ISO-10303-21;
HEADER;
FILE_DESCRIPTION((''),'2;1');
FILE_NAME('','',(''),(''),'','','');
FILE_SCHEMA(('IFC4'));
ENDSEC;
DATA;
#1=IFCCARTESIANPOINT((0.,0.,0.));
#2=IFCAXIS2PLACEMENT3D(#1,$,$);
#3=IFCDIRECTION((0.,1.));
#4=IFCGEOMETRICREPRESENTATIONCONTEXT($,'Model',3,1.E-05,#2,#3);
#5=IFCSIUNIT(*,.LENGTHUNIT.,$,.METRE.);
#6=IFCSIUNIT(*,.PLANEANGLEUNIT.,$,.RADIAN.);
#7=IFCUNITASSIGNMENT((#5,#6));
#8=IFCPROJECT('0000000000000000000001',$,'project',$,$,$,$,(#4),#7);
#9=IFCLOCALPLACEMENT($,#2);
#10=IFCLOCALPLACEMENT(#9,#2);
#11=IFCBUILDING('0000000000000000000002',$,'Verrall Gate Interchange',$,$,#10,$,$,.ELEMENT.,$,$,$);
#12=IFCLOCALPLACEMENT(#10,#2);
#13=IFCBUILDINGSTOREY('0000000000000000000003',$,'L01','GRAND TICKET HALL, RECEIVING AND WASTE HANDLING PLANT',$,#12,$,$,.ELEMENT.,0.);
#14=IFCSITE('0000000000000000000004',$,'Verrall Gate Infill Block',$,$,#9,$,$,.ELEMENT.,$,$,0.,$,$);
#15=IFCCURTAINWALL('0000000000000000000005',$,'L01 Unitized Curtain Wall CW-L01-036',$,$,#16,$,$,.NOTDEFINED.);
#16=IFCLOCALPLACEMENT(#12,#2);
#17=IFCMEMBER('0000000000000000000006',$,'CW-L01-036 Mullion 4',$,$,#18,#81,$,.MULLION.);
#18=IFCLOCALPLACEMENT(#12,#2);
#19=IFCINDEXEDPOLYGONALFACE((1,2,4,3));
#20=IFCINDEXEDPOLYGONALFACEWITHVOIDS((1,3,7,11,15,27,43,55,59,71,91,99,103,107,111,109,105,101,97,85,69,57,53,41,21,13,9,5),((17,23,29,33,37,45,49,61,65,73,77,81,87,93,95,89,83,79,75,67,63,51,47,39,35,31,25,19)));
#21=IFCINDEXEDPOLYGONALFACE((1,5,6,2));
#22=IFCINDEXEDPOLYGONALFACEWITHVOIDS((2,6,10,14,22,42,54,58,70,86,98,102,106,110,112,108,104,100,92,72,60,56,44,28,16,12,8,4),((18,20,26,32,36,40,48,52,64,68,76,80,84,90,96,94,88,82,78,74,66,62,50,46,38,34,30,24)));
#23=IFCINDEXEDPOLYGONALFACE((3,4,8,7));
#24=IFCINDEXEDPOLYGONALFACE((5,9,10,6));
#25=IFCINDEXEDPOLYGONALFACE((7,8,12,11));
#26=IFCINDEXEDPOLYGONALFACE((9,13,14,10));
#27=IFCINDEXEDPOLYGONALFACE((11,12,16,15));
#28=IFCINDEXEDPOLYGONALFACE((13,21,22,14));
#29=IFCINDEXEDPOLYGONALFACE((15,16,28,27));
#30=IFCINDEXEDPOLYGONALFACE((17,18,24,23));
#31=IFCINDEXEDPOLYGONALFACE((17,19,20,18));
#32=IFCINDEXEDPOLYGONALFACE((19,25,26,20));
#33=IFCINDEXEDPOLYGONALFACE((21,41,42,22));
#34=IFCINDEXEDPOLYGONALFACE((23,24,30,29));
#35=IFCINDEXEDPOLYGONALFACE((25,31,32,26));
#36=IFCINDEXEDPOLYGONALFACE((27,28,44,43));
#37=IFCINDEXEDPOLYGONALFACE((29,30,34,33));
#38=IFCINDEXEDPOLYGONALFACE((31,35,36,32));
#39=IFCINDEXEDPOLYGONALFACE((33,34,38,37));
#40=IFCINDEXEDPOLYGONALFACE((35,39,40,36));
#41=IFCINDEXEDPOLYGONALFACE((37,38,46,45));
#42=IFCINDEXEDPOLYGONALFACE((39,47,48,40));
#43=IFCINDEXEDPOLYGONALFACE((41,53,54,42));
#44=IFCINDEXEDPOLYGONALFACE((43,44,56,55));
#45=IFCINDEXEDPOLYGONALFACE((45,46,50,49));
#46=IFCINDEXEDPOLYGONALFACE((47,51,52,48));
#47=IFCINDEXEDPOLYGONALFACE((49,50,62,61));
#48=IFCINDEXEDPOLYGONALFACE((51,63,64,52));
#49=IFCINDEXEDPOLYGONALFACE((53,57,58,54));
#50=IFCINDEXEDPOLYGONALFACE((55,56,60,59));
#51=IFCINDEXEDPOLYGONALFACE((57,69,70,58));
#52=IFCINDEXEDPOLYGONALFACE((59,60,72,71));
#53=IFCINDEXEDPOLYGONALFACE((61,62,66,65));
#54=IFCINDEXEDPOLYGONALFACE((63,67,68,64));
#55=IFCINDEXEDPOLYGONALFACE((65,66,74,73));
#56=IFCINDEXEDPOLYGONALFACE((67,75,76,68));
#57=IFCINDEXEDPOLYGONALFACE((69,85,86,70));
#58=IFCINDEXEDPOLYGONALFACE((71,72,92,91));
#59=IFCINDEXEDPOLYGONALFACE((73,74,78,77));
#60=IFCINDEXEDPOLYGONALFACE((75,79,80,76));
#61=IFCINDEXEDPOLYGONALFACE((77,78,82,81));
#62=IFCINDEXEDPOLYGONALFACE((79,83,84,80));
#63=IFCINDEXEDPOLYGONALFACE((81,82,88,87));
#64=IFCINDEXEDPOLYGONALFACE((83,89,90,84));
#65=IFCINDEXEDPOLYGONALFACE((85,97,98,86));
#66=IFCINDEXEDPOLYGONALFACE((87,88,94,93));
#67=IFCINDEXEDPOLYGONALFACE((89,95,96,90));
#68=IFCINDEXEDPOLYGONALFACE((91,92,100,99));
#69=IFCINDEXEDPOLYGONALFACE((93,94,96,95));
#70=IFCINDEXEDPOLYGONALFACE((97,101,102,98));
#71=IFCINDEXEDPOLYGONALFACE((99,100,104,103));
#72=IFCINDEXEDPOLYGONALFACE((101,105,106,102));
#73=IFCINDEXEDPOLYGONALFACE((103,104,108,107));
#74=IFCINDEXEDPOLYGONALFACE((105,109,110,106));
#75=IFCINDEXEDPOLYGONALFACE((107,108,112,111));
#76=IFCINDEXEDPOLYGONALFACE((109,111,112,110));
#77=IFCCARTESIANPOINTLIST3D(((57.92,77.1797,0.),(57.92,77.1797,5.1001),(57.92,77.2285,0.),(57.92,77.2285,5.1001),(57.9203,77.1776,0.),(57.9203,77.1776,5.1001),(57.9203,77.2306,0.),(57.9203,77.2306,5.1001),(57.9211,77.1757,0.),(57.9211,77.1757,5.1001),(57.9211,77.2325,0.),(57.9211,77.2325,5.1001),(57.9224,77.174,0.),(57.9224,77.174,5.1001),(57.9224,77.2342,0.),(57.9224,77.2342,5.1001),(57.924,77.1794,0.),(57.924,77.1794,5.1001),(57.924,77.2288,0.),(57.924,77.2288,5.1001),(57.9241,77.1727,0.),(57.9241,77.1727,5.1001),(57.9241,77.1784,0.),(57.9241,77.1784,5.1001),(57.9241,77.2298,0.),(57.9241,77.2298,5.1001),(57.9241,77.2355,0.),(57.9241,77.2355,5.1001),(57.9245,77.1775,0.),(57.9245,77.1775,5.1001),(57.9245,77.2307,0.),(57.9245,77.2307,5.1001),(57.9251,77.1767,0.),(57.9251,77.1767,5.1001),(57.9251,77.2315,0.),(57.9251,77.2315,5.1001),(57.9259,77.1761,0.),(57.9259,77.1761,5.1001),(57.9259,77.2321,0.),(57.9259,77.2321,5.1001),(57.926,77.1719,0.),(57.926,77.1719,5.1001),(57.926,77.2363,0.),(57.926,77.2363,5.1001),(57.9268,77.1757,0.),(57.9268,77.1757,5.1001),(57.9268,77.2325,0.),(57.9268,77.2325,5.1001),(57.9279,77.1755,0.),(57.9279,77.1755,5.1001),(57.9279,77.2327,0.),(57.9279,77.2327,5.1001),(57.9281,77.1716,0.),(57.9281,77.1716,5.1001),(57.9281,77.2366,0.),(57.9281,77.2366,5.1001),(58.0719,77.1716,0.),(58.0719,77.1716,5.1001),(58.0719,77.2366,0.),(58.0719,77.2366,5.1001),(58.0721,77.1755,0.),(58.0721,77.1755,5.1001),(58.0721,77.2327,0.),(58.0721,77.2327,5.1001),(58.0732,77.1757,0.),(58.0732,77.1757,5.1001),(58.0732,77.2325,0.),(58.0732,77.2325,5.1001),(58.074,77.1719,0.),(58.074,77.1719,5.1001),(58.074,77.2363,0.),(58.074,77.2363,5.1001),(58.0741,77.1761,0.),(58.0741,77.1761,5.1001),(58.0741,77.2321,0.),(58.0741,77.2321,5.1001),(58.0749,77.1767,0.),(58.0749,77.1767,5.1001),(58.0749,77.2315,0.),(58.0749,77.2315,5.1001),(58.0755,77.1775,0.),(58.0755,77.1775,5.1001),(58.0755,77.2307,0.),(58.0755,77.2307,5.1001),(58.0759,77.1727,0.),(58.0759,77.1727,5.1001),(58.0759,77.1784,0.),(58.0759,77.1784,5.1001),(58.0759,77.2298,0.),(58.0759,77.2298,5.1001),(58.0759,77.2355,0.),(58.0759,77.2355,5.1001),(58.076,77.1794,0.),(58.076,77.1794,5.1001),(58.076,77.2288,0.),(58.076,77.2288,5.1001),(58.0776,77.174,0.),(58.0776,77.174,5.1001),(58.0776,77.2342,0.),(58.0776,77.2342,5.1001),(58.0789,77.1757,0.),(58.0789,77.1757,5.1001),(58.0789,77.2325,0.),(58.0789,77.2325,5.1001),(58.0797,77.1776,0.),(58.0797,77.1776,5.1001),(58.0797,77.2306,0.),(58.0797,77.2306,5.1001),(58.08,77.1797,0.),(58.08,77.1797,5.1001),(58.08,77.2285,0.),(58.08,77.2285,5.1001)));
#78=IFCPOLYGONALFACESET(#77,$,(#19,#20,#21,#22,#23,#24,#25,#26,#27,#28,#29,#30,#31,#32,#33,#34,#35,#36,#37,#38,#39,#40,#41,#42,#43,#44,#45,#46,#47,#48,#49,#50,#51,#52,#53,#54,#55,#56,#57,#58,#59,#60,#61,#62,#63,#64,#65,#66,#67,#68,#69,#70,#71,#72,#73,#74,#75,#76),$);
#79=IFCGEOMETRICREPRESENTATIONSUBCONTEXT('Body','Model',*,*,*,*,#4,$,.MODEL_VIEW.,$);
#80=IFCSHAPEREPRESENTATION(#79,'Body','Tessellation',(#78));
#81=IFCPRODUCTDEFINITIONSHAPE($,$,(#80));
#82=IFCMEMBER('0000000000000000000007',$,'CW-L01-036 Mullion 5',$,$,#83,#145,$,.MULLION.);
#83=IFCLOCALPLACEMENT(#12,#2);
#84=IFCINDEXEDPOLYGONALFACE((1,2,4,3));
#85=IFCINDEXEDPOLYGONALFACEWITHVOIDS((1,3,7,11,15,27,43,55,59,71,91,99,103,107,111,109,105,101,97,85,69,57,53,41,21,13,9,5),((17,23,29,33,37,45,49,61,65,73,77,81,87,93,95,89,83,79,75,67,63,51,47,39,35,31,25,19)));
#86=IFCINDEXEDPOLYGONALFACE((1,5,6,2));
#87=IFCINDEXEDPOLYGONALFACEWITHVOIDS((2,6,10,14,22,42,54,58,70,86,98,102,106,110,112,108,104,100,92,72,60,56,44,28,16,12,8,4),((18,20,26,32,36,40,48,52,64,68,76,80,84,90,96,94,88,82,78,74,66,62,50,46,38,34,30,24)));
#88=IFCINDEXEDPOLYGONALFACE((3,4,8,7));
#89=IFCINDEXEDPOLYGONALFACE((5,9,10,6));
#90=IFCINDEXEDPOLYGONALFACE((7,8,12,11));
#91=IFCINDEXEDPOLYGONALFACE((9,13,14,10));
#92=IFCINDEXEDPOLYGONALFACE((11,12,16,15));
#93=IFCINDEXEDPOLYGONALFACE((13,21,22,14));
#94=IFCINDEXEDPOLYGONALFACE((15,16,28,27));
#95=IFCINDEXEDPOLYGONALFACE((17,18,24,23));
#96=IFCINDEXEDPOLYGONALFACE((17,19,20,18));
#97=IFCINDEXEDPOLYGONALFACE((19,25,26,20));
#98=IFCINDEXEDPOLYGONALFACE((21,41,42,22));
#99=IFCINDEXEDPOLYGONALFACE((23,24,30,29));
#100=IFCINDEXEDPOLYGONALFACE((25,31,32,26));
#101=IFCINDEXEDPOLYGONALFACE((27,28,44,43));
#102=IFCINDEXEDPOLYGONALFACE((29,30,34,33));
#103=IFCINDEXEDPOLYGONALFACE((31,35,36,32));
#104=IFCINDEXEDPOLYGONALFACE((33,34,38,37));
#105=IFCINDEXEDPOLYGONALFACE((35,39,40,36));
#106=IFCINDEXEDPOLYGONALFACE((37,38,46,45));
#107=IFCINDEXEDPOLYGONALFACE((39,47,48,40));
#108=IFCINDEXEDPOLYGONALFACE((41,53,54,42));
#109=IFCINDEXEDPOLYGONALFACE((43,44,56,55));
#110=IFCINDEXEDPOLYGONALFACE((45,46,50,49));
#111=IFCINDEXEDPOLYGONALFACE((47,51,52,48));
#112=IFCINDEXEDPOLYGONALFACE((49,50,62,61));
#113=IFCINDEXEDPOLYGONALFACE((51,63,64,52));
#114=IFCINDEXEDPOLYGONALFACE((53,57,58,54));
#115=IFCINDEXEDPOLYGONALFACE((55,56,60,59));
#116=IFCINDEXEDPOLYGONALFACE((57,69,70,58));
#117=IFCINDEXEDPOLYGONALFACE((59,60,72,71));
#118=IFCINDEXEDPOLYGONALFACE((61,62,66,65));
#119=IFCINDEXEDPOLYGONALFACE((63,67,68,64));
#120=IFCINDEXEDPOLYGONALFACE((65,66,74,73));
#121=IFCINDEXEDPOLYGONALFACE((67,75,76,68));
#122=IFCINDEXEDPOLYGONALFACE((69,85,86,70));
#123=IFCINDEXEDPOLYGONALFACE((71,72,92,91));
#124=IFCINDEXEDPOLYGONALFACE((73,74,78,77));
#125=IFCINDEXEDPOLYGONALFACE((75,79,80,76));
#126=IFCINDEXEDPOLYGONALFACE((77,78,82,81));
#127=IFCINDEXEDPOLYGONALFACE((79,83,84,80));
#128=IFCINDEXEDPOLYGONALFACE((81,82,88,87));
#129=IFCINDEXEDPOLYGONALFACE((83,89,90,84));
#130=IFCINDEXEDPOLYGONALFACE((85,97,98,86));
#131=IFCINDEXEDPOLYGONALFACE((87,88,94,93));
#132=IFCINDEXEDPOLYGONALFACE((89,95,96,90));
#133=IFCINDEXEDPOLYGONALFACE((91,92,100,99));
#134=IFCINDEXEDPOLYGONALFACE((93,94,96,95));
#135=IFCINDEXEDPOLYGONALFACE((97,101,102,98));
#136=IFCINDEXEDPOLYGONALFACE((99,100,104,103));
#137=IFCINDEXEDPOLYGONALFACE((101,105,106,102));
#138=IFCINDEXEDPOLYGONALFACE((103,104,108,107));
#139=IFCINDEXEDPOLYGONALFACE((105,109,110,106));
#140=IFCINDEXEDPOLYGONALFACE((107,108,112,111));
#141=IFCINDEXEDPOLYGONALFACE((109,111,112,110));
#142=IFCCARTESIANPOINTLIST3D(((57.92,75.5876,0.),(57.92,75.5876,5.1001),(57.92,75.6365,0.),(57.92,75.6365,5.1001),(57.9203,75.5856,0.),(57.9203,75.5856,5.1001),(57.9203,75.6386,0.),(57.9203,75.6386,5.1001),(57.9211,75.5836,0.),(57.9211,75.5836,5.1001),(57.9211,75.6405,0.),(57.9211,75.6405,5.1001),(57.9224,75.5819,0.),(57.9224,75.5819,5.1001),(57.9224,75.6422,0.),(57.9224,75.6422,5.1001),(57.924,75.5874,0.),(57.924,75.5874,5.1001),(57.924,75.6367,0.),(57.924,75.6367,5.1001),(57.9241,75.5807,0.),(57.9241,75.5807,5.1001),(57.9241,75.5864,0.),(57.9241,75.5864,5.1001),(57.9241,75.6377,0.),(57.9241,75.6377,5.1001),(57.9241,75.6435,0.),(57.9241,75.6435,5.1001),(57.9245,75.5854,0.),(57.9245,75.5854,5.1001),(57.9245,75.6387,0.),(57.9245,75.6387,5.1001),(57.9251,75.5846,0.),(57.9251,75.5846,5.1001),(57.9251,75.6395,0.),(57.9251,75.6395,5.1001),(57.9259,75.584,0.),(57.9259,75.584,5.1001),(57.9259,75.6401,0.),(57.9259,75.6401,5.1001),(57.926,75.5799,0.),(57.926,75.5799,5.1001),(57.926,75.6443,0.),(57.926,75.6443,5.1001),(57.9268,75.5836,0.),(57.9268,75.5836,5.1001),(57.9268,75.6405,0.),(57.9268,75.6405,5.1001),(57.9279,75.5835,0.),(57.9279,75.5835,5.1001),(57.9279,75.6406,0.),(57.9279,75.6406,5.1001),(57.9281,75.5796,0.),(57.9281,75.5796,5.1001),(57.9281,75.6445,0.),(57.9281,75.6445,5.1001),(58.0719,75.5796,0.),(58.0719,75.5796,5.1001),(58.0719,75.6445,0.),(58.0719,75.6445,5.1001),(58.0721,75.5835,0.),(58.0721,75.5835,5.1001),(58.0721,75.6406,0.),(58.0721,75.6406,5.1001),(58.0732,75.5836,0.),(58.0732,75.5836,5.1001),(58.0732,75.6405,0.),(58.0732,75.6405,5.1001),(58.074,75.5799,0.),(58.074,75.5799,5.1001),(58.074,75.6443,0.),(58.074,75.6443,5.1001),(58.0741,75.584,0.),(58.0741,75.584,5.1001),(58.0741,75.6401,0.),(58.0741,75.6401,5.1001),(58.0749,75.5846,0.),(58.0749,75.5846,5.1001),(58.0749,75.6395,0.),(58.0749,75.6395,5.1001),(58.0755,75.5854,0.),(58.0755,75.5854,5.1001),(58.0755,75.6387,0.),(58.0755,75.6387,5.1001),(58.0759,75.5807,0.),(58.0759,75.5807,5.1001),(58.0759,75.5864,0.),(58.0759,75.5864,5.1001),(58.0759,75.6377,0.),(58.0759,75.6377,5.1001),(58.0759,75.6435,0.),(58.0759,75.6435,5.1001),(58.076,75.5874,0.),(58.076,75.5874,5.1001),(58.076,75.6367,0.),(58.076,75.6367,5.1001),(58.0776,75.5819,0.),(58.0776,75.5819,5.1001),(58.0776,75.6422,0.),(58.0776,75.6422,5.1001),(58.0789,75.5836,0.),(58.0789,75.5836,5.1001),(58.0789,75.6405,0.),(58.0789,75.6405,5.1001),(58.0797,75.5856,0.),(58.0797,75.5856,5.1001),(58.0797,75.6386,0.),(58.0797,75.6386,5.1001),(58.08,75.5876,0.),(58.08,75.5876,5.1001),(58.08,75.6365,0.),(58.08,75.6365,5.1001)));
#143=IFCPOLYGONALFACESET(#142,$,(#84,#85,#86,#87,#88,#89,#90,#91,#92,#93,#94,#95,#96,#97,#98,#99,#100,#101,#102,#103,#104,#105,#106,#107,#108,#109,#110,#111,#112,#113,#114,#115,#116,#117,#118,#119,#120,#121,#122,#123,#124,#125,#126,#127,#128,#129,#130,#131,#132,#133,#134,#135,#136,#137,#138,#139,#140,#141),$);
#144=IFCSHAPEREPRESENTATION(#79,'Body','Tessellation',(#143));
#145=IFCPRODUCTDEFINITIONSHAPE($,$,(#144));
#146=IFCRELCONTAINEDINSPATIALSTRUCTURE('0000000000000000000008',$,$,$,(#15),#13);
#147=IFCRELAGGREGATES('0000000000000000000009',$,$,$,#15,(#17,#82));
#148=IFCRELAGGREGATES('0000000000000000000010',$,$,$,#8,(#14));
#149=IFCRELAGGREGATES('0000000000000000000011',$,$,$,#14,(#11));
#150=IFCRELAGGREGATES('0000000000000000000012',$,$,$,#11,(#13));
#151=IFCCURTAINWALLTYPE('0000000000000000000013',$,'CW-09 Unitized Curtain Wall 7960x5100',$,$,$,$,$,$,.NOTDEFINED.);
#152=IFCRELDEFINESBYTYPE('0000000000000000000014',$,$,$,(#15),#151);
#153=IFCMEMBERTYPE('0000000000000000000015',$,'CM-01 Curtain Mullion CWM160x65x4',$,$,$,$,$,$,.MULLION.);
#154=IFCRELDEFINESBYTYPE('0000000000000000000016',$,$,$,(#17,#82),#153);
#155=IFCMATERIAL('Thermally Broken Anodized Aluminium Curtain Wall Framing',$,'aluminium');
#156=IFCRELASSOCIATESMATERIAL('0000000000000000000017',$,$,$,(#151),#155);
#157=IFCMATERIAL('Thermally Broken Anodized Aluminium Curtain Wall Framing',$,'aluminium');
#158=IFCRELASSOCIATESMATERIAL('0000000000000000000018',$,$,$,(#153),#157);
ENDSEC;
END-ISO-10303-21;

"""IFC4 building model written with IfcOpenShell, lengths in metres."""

from ifc_helpers import new_model, si_unit, direction, frame, origin, origin_2d, place, context, subcontext, project, spatial, hollow_rectangle, extrude, material, material_profile, profile_set, type_object, element, aggregate, save


model = new_model("IFC4")

# Units and contexts
model_context = context("Model", 3, precision=1e-05, world=origin(), true_north=direction((0.0, 1.0)))
body_context = subcontext(model_context, "Body", "Model", "MODEL_VIEW")
ifc_project = project(units=[si_unit("LENGTHUNIT", "METRE"), si_unit("PLANEANGLEUNIT", "RADIAN")], contexts=[model_context])

# Site, building, storey
site_placement = place(None, origin())
site = spatial("IfcSite", under=ifc_project, at=site_placement, Name="Verrall Gate Infill Block", CompositionType="ELEMENT", RefElevation=0.0)
building_placement = place(site_placement, origin())
building = spatial("IfcBuilding", under=site, at=building_placement, Name="Verrall Gate Interchange", CompositionType="ELEMENT")
storey_placement = place(building_placement, origin())
storey = spatial("IfcBuildingStorey", under=building, at=storey_placement, Name="L01", Description="GRAND TICKET HALL, RECEIVING AND WASTE HANDLING PLANT", CompositionType="ELEMENT", Elevation=0.0)

# Curtain wall, members
ifc_material_1 = material(Name="Thermally Broken Anodized Aluminium Curtain Wall Framing", Category="aluminium")
curtain_wall_type = type_object("IfcCurtainWallType", Name="CW-09 Unitized Curtain Wall 7960x5100", PredefinedType="NOTDEFINED", material=ifc_material_1)
curtain_wall_placement = place(storey_placement, origin())
curtain_wall = element("IfcCurtainWall", 1, at=curtain_wall_placement, inside=storey, type_object=curtain_wall_type, Name="L01 Unitized Curtain Wall CW-L01-036", PredefinedType="NOTDEFINED")
ifc_material_2 = material(Name="Thermally Broken Anodized Aluminium Curtain Wall Framing", Category="aluminium")
ifc_material_profile_1 = material_profile(ifc_material_2, hollow_rectangle(XDim=0.0649, YDim=0.1599, WallThickness=0.0039, InnerFilletRadius=0.0039, OuterFilletRadius=0.0081, at=origin_2d()), Name="CWM160x65x4")
ifc_profile_set_1 = profile_set([ifc_material_profile_1], Name="Thermally Broken Anodized Aluminium Curtain Wall Framing")
member_type = type_object("IfcMemberType", Name="CM-01 Curtain Mullion CWM160x65x4", PredefinedType="MULLION", material=ifc_profile_set_1)
member_1_placement = place(storey_placement, frame((58.0, 77.2041, 0.0), z_axis=(0.0, 0.0, 1.0), x_axis=(0.0, -1.0, 0.0)))
member_1 = element("IfcMember", 2, at=member_1_placement, type_object=member_type, Name="CW-L01-036 Mullion 4", PredefinedType="MULLION", context=body_context, shape_type="SweptSolid", body=[
    extrude(hollow_rectangle(XDim=0.0649, YDim=0.1599, WallThickness=0.0039, InnerFilletRadius=0.0039, OuterFilletRadius=0.0081, at=origin_2d()), origin(), (0.0, 0.0, 1.0), 5.1001),
])
member_2_placement = place(storey_placement, frame((58.0, 75.6121, 0.0), z_axis=(0.0, 0.0, 1.0), x_axis=(0.0, -1.0, 0.0)))
member_2 = element("IfcMember", 3, at=member_2_placement, type_object=member_type, Name="CW-L01-036 Mullion 5", PredefinedType="MULLION", context=body_context, shape_type="SweptSolid", body=[
    extrude(hollow_rectangle(XDim=0.0649, YDim=0.1599, WallThickness=0.0039, InnerFilletRadius=0.0039, OuterFilletRadius=0.0081, at=origin_2d()), origin(), (0.0, 0.0, 1.0), 5.1001),
])

aggregate(curtain_wall, [member_1, member_2])

save(model, "model.ifc")
